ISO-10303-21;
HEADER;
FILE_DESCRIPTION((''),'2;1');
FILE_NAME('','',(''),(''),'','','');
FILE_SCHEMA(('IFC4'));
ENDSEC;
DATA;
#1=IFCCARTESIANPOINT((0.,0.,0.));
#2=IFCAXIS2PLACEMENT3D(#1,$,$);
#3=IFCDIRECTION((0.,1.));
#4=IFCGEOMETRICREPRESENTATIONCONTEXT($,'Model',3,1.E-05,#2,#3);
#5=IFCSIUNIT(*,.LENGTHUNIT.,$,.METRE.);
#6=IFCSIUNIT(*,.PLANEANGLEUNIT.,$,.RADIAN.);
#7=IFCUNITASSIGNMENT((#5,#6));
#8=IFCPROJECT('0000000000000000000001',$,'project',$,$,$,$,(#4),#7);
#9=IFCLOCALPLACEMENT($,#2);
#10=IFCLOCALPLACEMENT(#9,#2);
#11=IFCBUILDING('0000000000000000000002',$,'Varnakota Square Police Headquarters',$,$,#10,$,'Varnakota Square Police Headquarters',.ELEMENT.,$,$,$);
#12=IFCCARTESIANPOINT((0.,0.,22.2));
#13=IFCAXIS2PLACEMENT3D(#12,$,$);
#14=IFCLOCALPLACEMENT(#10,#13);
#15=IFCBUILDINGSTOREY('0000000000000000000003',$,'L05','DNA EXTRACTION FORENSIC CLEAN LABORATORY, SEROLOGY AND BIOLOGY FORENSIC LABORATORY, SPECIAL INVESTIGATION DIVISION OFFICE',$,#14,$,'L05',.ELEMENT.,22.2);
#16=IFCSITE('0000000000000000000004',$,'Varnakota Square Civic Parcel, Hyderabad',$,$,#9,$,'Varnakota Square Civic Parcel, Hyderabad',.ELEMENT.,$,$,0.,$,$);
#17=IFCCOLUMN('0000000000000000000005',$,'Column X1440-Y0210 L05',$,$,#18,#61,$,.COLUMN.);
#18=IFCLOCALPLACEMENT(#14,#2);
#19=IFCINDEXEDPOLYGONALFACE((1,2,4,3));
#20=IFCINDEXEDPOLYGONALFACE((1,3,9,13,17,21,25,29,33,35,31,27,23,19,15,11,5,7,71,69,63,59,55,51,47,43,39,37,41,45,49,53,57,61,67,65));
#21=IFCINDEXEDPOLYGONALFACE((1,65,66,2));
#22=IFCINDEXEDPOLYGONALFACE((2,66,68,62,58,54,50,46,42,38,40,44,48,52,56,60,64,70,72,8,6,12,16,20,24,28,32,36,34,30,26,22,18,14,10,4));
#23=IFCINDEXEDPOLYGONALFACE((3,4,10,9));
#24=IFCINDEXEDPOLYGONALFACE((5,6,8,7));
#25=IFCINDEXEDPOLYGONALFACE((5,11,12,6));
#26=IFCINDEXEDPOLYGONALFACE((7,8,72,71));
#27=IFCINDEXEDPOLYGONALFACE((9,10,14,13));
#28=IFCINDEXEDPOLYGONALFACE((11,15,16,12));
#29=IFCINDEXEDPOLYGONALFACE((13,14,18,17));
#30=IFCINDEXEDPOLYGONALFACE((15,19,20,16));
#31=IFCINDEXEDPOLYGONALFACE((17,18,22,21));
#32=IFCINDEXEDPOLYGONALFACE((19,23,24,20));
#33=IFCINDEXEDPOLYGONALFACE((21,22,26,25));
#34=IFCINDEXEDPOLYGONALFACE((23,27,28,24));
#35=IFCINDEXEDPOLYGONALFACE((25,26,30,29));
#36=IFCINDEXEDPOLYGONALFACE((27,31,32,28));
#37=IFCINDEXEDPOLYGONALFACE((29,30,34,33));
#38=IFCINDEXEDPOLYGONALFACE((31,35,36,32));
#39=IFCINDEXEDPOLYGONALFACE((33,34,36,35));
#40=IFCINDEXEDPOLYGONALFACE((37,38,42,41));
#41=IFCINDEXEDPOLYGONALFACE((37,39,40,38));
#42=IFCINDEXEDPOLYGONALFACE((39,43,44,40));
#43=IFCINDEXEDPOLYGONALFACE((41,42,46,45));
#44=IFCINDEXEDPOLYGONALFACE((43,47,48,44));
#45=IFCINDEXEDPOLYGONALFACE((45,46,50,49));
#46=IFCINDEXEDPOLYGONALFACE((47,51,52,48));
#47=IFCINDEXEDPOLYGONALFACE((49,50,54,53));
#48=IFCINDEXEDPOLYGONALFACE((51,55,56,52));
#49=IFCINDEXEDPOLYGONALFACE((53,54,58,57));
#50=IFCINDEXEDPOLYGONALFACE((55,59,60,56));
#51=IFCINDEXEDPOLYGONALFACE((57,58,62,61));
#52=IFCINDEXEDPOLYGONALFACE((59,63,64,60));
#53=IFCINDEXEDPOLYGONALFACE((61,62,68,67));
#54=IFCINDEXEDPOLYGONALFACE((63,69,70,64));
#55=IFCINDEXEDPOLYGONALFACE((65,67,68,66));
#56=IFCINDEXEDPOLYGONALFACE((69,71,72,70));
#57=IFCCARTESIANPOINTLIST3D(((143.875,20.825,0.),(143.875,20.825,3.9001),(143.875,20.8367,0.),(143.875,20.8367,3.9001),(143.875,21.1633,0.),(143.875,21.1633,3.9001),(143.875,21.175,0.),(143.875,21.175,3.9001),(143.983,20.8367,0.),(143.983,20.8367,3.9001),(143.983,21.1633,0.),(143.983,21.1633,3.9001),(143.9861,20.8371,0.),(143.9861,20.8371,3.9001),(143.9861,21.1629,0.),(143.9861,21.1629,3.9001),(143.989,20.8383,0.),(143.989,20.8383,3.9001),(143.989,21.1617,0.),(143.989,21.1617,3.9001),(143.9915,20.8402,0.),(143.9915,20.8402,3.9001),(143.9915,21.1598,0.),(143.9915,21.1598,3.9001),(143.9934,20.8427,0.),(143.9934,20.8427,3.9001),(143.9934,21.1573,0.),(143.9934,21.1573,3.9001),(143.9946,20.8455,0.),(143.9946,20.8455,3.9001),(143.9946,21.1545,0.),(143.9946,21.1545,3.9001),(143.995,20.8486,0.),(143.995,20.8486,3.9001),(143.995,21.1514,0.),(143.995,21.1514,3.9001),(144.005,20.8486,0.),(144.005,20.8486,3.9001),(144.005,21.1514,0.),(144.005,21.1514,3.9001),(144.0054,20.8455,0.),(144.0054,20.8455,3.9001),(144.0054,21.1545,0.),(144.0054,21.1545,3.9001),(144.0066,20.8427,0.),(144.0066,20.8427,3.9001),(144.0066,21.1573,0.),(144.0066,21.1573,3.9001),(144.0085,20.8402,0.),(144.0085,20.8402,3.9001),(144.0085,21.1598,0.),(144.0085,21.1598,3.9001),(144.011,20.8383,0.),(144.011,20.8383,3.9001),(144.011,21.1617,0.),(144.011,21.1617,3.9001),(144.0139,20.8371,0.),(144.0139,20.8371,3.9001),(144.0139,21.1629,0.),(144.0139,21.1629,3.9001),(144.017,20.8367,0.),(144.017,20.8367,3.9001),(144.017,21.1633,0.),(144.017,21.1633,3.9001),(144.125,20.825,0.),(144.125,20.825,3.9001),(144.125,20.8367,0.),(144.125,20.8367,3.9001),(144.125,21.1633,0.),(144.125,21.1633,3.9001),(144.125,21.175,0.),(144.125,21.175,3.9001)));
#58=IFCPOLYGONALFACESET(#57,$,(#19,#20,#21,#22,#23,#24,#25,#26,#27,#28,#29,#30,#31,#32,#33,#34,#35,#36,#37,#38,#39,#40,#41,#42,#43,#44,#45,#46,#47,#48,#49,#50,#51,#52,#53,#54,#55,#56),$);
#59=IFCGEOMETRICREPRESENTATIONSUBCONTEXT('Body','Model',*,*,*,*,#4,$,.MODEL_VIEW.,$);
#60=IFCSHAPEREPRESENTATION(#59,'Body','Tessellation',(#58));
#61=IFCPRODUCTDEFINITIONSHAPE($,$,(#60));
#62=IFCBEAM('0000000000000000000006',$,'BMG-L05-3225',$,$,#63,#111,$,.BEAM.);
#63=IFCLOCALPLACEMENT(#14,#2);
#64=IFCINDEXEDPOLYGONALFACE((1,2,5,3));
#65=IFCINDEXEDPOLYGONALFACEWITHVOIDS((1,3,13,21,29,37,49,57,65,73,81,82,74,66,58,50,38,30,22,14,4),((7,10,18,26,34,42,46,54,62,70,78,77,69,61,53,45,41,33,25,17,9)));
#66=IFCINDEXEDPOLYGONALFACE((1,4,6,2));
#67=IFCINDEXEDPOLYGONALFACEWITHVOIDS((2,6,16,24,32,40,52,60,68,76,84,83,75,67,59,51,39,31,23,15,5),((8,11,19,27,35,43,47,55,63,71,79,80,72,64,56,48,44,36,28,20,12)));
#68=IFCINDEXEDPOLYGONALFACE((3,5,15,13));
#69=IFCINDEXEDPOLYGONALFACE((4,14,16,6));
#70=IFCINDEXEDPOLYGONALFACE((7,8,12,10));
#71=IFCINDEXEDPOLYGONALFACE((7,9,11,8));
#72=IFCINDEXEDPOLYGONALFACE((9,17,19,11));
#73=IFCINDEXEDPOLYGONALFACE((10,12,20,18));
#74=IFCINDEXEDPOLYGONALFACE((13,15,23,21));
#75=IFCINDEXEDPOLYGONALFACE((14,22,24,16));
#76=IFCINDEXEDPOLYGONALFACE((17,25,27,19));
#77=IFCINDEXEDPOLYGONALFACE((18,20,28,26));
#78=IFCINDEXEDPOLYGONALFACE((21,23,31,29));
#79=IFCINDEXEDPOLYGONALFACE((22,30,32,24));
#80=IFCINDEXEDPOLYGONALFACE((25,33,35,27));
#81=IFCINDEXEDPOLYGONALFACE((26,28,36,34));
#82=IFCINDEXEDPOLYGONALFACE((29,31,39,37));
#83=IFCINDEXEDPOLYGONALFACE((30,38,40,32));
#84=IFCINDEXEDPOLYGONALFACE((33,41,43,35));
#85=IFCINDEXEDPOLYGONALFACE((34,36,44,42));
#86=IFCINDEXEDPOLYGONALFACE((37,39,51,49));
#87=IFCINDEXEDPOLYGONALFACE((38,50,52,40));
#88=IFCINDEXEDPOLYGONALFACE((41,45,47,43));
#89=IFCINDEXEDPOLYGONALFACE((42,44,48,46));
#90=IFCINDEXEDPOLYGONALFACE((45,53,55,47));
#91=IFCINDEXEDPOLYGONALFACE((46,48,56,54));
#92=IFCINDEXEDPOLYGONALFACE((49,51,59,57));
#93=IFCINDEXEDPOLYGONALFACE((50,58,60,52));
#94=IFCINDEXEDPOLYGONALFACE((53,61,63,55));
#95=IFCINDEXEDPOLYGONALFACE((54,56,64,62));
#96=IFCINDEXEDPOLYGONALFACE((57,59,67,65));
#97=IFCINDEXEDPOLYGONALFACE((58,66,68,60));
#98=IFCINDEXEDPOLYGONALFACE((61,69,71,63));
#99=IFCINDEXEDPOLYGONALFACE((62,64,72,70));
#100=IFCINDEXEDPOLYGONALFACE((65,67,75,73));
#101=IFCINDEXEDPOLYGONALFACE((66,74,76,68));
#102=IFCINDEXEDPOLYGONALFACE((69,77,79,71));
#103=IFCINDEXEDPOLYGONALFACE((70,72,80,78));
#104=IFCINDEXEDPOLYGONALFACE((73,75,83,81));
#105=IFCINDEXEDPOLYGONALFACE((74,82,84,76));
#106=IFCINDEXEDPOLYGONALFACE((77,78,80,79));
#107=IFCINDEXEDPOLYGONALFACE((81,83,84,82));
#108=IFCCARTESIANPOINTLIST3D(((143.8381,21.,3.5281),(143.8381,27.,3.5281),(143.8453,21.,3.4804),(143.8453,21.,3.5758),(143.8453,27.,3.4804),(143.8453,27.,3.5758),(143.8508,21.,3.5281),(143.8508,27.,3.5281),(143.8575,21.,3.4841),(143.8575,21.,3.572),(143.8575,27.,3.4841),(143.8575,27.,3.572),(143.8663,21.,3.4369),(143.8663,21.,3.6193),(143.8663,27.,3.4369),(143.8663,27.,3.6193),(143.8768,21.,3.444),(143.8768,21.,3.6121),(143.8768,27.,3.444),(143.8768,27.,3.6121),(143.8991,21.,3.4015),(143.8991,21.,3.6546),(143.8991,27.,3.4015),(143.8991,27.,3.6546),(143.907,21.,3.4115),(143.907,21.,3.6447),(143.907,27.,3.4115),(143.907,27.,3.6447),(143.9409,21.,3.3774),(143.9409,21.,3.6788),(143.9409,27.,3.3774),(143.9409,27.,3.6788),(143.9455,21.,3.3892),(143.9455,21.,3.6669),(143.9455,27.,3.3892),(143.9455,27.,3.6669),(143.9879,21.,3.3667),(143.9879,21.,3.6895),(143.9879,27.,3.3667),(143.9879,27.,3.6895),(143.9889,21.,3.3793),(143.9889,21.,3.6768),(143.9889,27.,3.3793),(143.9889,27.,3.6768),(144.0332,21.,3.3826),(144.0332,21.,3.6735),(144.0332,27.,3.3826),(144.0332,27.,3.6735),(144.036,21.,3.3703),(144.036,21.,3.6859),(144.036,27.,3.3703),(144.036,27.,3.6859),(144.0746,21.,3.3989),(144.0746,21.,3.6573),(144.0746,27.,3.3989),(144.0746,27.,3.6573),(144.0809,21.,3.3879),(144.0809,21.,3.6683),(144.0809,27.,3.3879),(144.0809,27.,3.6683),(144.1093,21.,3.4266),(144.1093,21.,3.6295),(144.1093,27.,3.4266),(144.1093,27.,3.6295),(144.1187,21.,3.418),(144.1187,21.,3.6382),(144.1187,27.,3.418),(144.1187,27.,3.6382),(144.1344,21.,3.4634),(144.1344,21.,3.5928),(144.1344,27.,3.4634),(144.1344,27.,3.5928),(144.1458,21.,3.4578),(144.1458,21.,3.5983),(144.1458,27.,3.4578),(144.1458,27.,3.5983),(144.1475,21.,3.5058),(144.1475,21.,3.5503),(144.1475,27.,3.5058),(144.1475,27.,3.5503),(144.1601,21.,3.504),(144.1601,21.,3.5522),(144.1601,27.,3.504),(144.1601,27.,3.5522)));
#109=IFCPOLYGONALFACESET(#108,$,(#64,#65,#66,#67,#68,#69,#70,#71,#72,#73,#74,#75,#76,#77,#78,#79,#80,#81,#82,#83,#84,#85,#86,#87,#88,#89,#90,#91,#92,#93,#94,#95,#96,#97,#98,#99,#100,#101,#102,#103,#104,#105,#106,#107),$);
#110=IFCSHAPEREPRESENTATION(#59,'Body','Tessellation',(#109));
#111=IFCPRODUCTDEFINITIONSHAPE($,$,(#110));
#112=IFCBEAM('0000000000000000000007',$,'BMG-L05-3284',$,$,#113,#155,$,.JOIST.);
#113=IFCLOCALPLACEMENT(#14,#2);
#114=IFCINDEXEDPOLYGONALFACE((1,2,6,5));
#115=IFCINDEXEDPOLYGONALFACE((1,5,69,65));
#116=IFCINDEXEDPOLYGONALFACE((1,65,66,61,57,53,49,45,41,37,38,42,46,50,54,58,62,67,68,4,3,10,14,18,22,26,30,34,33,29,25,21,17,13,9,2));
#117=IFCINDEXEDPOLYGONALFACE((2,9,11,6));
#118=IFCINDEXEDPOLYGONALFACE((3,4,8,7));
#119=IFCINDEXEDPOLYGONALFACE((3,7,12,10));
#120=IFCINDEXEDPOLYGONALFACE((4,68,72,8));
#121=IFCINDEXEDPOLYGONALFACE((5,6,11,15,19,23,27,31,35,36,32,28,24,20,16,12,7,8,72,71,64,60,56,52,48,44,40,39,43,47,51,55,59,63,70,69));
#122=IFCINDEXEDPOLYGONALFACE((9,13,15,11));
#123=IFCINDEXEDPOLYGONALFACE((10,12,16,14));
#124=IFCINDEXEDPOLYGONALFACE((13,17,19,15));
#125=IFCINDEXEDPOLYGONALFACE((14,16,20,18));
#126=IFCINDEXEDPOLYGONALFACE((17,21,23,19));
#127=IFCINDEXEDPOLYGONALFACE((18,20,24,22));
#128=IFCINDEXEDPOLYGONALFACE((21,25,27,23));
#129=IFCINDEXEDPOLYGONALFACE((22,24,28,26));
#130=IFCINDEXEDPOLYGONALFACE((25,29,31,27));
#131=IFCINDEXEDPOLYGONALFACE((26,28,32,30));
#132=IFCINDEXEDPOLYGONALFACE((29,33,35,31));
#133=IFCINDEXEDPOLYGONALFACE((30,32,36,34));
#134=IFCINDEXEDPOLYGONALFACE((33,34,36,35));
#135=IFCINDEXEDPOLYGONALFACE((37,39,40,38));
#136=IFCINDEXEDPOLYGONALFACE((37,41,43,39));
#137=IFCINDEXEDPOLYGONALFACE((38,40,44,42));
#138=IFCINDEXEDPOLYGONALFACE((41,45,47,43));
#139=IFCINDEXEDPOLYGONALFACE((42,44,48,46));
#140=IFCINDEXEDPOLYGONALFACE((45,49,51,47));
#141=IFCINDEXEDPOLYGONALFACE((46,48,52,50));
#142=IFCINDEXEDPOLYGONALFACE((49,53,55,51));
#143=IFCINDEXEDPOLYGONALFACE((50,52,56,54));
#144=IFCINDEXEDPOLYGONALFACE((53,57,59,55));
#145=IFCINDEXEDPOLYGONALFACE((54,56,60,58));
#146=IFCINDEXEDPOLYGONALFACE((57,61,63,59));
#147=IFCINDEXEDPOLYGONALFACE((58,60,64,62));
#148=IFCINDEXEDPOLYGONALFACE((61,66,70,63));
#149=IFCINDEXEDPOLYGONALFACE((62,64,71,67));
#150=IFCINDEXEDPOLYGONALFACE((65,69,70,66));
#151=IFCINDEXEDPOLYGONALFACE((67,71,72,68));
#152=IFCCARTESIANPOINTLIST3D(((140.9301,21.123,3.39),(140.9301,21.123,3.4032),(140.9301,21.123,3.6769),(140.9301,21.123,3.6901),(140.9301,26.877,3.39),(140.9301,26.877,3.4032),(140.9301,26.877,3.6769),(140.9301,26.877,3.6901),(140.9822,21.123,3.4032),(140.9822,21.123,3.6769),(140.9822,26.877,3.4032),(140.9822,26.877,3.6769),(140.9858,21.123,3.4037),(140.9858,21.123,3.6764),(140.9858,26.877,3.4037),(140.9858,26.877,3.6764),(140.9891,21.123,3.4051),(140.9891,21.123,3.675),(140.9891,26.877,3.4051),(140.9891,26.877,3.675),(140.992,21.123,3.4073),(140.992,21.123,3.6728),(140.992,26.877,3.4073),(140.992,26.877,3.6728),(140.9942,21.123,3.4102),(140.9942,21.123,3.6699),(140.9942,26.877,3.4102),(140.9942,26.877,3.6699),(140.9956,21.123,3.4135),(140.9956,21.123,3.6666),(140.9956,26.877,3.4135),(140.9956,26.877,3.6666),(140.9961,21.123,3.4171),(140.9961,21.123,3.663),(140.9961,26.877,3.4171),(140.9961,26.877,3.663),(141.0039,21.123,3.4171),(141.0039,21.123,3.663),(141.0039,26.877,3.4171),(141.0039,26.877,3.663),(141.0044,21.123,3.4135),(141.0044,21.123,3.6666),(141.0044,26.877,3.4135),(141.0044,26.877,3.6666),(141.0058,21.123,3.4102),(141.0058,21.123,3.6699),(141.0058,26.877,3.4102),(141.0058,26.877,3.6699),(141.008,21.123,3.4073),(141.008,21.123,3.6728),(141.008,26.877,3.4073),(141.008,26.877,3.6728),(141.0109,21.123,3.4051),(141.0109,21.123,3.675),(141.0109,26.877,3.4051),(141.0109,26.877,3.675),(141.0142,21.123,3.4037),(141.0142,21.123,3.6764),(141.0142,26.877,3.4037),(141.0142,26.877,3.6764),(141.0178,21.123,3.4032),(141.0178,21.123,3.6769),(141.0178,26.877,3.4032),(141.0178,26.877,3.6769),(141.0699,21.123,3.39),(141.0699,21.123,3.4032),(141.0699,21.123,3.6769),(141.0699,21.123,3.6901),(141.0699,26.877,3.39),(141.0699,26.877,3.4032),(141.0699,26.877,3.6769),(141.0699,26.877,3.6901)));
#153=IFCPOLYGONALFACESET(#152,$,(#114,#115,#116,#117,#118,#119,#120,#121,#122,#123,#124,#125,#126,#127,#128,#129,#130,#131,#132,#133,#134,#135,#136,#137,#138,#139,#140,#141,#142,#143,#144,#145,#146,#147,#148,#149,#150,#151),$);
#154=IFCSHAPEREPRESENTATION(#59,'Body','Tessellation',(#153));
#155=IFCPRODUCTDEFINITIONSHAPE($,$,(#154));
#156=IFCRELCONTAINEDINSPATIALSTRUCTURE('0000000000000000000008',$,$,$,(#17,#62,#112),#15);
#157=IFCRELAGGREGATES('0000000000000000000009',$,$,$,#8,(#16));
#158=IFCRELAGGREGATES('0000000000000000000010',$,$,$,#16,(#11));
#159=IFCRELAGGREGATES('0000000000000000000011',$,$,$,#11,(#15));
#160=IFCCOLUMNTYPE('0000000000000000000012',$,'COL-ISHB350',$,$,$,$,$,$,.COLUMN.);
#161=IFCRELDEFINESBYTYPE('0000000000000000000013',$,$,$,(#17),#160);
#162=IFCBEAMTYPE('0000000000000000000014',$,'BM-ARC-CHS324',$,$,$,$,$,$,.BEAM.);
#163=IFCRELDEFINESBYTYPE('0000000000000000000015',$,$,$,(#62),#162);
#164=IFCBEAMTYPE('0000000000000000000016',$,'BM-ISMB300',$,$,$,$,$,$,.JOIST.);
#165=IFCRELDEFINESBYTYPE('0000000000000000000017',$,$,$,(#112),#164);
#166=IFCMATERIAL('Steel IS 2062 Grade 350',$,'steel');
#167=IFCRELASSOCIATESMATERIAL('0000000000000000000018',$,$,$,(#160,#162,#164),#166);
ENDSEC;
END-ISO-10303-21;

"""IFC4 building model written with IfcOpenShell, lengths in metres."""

from ifc_helpers import new_model, si_unit, direction, frame, origin, origin_2d, place, context, subcontext, project, spatial, hollow_circle, i_section, extrude, material, material_profile, profile_set, type_object, element, save


model = new_model("IFC4")

# Units and contexts
model_context = context("Model", 3, precision=1e-05, world=origin(), true_north=direction((0.0, 1.0)))
body_context = subcontext(model_context, "Body", "Model", "MODEL_VIEW")
ifc_project = project(units=[si_unit("LENGTHUNIT", "METRE"), si_unit("PLANEANGLEUNIT", "RADIAN")], contexts=[model_context])

# Site, building, storey
site_placement = place(None, origin())
site = spatial("IfcSite", under=ifc_project, at=site_placement, Name="Varnakota Square Civic Parcel, Hyderabad", LongName="Varnakota Square Civic Parcel, Hyderabad", CompositionType="ELEMENT", RefElevation=0.0)
building_placement = place(site_placement, origin())
building = spatial("IfcBuilding", under=site, at=building_placement, Name="Varnakota Square Police Headquarters", LongName="Varnakota Square Police Headquarters", CompositionType="ELEMENT")
storey_placement = place(building_placement, frame((0.0, 0.0, 22.2)))
storey = spatial("IfcBuildingStorey", under=building, at=storey_placement, Name="L05", Description="DNA EXTRACTION FORENSIC CLEAN LABORATORY, SEROLOGY AND BIOLOGY FORENSIC LABORATORY, SPECIAL INVESTIGATION DIVISION OFFICE", LongName="L05", CompositionType="ELEMENT", Elevation=22.2)

# Column
ifc_material_1 = material(Name="Steel IS 2062 Grade 350", Category="steel")
ifc_material_profile_1 = material_profile(ifc_material_1, i_section(OverallWidth=0.25, OverallDepth=0.3501, WebThickness=0.01, FlangeThickness=0.0117, FilletRadius=0.012, at=origin_2d()), Name="ISHB 350")
ifc_profile_set_1 = profile_set([ifc_material_profile_1], Name="Steel IS 2062 Grade 350")
column_type = type_object("IfcColumnType", Name="COL-ISHB350", PredefinedType="COLUMN", material=ifc_profile_set_1)
column_placement = place(storey_placement, frame((144.0, 21.0, 0.0), z_axis=(0.0, 0.0, 1.0), x_axis=(1.0, 0.0, 0.0)))
element("IfcColumn", 1, at=column_placement, inside=storey, type_object=column_type, Name="Column X1440-Y0210 L05", PredefinedType="COLUMN", context=body_context, shape_type="SweptSolid", body=[
    extrude(i_section(OverallWidth=0.25, OverallDepth=0.3501, WebThickness=0.01, FlangeThickness=0.0117, FilletRadius=0.012, at=origin_2d()), origin(), (0.0, 0.0, 1.0), 3.9001),
])

# Beams
ifc_material_profile_2 = material_profile(ifc_material_1, hollow_circle(Radius=0.1619, WallThickness=0.0127, at=origin_2d()), Name="CHS 323.9x12.7")
ifc_profile_set_2 = profile_set([ifc_material_profile_2], Name="Steel IS 2062 Grade 350")
beam_type_1 = type_object("IfcBeamType", Name="BM-ARC-CHS324", PredefinedType="BEAM", material=ifc_profile_set_2)
beam_1_placement = place(storey_placement, frame((144.0, 21.0, 3.5281), z_axis=(0.0, 1.0, 0.0), x_axis=(-1.0, 0.0, 0.0)))
element("IfcBeam", 2, at=beam_1_placement, inside=storey, type_object=beam_type_1, Name="BMG-L05-3225", PredefinedType="BEAM", context=body_context, shape_type="SweptSolid", body=[
    extrude(hollow_circle(Radius=0.1619, WallThickness=0.0127, at=origin_2d()), origin(), (0.0, 0.0, 1.0), 6.0),
])
ifc_material_profile_3 = material_profile(ifc_material_1, i_section(OverallWidth=0.1399, OverallDepth=0.3, WebThickness=0.0078, FlangeThickness=0.0132, FilletRadius=0.0139, at=origin_2d()), Name="ISMB 300")
ifc_profile_set_3 = profile_set([ifc_material_profile_3], Name="Steel IS 2062 Grade 350")
beam_type_2 = type_object("IfcBeamType", Name="BM-ISMB300", PredefinedType="JOIST", material=ifc_profile_set_3)
beam_2_placement = place(storey_placement, frame((141.0, 21.123, 3.54), z_axis=(0.0, 1.0, 0.0), x_axis=(-1.0, 0.0, 0.0)))
element("IfcBeam", 3, at=beam_2_placement, inside=storey, type_object=beam_type_2, Name="BMG-L05-3284", PredefinedType="JOIST", context=body_context, shape_type="SweptSolid", body=[
    extrude(i_section(OverallWidth=0.1399, OverallDepth=0.3, WebThickness=0.0078, FlangeThickness=0.0132, FilletRadius=0.0139, at=origin_2d()), origin(), (0.0, 0.0, 1.0), 5.7539),
])

save(model, "model.ifc")
